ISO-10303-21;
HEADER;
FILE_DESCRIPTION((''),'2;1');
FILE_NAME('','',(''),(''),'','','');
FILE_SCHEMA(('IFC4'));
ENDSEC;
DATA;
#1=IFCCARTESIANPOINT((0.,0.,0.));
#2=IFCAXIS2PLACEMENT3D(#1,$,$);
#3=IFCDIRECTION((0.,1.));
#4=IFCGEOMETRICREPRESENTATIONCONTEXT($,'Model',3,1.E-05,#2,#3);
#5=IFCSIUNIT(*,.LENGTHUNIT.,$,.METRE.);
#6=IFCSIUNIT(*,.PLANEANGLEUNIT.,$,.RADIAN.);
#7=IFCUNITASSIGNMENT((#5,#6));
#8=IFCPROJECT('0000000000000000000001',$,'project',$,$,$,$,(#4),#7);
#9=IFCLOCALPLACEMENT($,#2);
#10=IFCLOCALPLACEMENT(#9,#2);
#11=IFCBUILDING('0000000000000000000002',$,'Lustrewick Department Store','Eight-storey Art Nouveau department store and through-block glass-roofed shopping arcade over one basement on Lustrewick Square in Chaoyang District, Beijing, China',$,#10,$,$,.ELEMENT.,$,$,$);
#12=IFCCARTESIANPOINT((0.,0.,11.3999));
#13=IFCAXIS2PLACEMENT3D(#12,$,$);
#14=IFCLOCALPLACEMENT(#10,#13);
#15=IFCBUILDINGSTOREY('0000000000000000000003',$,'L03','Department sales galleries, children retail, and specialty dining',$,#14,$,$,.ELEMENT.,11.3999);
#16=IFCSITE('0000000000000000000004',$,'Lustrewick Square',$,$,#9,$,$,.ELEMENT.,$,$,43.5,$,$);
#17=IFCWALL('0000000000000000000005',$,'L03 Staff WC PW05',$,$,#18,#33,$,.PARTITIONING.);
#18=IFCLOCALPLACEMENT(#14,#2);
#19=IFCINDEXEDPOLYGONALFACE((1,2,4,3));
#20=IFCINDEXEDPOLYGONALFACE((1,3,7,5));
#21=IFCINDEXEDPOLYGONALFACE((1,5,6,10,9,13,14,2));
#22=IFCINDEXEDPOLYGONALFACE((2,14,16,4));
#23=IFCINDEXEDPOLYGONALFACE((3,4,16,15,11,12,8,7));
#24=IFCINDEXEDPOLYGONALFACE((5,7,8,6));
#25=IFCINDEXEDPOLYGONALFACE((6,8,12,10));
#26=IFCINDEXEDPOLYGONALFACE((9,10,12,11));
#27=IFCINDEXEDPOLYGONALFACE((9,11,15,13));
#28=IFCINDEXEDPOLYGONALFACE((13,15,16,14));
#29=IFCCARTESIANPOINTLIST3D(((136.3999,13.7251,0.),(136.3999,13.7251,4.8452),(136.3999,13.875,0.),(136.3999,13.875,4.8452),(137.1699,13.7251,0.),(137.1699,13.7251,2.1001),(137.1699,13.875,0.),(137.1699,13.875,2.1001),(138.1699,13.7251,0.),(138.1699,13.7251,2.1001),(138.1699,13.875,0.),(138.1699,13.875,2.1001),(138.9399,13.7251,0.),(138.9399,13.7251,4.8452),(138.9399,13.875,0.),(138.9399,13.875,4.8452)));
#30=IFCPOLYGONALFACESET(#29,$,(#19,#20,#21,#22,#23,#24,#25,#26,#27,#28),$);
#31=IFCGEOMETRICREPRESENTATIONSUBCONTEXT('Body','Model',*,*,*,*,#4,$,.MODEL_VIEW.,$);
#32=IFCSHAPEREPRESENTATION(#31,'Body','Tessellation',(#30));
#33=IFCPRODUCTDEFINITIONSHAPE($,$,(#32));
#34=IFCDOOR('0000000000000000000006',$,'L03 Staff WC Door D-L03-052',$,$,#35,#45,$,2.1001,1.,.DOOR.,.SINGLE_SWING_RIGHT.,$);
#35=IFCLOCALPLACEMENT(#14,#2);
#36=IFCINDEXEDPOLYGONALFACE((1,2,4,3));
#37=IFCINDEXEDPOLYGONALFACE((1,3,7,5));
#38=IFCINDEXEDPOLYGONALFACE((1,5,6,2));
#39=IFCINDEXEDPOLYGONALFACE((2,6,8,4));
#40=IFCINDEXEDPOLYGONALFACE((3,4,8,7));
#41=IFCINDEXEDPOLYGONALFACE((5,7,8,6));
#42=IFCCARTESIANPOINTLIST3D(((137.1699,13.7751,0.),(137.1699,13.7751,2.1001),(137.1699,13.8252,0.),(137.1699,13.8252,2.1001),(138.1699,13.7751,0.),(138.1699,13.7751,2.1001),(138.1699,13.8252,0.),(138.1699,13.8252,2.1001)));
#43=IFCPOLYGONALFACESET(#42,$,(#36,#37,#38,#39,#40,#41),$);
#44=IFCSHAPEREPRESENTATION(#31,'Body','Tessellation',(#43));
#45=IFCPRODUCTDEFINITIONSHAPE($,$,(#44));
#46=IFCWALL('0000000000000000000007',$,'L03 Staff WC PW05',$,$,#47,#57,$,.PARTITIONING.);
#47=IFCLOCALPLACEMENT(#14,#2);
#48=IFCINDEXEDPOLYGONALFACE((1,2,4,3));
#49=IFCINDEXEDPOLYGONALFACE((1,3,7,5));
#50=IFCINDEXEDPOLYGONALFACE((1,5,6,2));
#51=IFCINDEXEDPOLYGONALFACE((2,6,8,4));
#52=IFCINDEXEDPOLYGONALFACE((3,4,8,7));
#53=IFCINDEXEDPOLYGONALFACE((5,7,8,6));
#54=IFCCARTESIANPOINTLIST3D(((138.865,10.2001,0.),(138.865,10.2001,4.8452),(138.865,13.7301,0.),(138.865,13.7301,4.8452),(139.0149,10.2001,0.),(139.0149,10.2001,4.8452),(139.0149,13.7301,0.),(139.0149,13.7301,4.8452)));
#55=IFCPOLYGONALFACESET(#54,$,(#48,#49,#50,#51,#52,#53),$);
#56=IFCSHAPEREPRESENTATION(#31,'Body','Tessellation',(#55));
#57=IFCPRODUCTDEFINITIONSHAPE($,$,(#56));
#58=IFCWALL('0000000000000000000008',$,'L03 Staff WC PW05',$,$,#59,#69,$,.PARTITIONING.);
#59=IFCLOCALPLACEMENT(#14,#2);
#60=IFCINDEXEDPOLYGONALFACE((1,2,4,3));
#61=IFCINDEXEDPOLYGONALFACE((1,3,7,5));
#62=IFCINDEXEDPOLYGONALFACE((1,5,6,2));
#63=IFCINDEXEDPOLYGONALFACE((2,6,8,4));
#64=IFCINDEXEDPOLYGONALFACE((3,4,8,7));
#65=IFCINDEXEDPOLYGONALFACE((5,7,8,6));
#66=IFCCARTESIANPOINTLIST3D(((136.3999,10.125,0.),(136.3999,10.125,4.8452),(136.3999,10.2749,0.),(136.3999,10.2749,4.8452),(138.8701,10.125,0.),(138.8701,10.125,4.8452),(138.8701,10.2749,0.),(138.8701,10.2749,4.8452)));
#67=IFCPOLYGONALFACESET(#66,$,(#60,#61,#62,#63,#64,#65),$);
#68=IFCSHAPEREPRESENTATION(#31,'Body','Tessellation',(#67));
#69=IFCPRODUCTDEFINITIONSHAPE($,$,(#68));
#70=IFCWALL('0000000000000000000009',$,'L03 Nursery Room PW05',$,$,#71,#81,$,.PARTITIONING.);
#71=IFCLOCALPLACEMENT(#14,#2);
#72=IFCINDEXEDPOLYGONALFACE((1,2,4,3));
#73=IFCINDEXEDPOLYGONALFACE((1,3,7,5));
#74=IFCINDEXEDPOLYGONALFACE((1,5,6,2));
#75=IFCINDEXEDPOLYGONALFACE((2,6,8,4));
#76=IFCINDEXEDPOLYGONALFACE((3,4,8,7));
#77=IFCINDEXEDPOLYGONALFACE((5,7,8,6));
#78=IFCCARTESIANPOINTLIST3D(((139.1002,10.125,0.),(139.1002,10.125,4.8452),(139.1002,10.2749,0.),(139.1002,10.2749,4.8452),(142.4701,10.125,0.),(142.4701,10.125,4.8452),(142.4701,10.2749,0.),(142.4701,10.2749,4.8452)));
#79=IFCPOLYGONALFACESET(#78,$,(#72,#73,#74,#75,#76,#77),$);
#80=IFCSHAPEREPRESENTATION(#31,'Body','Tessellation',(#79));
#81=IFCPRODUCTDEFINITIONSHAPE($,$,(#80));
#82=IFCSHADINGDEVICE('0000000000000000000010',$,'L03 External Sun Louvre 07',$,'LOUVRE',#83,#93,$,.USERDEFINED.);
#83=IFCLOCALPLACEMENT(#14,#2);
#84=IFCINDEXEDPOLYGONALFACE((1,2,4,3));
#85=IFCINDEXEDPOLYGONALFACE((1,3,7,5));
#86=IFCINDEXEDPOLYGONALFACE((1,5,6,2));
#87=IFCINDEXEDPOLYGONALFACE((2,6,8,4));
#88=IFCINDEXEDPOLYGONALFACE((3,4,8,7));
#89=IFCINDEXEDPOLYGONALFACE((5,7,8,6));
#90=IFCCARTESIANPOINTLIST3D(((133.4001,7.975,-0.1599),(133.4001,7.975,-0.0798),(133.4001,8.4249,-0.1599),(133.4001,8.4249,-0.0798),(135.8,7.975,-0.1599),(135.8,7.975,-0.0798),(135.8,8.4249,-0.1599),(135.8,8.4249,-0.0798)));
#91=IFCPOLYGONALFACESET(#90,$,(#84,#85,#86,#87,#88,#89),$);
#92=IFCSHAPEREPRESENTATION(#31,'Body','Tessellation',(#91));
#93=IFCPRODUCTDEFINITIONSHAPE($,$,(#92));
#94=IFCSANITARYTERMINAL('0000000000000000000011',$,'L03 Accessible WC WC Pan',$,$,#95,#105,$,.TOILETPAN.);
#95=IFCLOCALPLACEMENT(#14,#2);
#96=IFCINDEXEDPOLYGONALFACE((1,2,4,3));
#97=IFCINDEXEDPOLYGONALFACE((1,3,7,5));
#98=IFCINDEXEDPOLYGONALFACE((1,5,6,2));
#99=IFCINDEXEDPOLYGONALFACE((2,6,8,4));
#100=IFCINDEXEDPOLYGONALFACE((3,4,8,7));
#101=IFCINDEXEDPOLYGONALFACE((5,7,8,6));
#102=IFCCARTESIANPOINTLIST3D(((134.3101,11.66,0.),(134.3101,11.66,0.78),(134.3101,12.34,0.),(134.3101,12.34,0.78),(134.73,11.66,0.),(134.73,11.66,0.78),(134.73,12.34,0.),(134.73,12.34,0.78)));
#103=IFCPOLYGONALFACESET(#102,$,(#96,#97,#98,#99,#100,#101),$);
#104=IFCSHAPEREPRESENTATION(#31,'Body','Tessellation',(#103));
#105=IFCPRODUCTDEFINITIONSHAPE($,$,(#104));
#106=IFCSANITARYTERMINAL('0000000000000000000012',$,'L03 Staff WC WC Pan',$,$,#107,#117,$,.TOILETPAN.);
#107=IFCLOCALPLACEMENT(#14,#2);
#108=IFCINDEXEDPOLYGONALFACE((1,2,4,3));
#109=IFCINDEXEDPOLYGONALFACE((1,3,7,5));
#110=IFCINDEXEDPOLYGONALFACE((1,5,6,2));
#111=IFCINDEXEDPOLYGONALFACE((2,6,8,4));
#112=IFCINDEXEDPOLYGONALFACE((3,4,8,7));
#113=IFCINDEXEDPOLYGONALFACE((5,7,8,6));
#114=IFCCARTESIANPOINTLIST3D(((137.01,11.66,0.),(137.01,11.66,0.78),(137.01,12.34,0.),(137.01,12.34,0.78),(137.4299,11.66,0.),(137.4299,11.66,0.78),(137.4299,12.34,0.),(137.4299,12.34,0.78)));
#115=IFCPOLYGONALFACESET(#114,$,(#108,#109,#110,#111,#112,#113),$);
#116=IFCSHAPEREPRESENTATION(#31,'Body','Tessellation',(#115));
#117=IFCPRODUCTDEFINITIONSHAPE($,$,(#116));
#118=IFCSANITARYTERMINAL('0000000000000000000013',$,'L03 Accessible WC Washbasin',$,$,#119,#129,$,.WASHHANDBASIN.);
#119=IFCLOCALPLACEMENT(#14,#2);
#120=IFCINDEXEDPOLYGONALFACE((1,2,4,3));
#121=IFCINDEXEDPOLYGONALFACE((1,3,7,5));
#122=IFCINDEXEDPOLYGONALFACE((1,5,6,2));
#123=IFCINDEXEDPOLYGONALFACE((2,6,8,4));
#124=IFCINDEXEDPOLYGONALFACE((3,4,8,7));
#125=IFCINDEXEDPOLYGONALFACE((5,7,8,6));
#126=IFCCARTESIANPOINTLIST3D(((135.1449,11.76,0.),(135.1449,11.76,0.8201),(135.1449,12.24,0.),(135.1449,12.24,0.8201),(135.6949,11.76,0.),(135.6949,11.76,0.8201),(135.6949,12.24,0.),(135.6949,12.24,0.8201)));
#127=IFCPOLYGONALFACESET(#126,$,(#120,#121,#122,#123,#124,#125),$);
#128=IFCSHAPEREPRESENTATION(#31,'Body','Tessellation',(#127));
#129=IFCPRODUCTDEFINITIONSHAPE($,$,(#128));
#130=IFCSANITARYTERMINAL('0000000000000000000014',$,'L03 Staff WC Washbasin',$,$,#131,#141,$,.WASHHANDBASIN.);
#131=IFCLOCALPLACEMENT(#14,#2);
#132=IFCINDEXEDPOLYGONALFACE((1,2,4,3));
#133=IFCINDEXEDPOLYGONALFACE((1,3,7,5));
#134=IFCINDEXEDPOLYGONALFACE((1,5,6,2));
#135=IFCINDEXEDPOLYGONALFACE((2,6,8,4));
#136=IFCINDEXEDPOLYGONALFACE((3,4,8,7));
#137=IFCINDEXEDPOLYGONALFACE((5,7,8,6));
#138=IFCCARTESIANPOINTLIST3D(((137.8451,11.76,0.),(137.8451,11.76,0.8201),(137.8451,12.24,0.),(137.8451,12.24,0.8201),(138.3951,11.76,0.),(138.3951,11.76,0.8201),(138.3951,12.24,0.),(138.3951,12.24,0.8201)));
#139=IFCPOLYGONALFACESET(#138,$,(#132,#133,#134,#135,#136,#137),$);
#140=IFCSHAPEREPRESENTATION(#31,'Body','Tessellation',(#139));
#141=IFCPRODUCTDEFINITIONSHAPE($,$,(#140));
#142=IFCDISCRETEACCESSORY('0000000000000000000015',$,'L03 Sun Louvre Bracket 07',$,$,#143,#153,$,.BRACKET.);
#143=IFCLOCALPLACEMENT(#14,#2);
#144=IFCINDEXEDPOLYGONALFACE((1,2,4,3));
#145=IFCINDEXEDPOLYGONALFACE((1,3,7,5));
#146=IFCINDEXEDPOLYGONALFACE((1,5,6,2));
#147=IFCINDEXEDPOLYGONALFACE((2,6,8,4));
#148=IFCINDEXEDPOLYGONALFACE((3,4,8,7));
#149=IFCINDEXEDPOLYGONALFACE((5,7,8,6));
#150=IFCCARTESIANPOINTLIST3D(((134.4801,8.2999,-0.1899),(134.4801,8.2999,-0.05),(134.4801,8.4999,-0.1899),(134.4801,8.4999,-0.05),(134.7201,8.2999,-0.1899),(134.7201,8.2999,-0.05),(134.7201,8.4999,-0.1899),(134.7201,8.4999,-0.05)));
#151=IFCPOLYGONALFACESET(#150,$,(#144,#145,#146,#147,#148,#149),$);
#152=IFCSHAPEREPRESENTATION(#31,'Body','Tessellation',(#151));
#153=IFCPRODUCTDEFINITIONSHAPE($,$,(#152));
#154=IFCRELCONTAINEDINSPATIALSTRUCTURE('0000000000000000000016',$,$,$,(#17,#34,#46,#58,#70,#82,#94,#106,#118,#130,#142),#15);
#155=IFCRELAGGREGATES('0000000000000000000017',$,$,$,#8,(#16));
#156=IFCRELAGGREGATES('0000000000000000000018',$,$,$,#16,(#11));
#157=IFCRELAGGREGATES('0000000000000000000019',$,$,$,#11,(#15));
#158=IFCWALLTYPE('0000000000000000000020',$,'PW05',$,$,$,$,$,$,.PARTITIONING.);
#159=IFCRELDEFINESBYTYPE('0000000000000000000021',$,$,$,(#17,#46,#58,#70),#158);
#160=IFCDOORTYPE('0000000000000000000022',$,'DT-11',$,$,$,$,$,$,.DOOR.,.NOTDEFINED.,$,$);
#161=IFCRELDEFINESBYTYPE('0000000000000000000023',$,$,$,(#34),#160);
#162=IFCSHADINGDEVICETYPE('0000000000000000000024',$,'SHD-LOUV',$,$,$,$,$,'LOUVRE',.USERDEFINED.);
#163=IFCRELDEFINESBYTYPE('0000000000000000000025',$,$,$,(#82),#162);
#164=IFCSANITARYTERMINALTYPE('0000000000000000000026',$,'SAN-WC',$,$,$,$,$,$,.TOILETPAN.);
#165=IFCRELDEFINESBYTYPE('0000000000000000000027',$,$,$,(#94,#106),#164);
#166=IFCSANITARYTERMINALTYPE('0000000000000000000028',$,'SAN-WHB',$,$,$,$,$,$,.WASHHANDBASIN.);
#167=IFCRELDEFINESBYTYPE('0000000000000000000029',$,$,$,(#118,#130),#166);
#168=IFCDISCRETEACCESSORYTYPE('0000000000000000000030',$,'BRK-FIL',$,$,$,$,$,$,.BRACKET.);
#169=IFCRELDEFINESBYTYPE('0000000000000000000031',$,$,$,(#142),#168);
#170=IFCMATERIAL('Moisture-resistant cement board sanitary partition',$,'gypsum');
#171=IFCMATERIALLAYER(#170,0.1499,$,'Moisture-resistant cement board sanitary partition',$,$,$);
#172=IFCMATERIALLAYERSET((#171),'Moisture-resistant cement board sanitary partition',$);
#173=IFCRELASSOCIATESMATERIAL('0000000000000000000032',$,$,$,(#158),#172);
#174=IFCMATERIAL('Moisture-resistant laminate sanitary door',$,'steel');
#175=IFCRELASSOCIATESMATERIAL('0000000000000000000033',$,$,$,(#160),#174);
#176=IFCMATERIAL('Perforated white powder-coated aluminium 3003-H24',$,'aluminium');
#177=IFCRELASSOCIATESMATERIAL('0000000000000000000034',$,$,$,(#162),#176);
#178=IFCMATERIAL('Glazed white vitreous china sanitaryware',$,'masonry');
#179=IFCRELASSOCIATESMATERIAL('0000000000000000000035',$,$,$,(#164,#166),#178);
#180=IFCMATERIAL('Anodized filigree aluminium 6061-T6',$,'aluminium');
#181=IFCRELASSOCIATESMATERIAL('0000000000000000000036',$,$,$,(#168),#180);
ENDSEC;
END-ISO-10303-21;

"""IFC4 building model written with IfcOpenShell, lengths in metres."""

from ifc_helpers import new_model, si_unit, direction, frame, frame_2d, origin, origin_2d, place, context, subcontext, project, spatial, rectangle, extrude, material, layer, layer_set, type_object, element, fill, save


model = new_model("IFC4")

# Units and contexts
model_context = context("Model", 3, precision=1e-05, world=origin(), true_north=direction((0.0, 1.0)))
body_context = subcontext(model_context, "Body", "Model", "MODEL_VIEW")
ifc_project = project(units=[si_unit("LENGTHUNIT", "METRE"), si_unit("PLANEANGLEUNIT", "RADIAN")], contexts=[model_context])

# Site, building, storey
site_placement = place(None, origin())
site = spatial("IfcSite", under=ifc_project, at=site_placement, Name="Lustrewick Square", CompositionType="ELEMENT", RefElevation=43.5)
building_placement = place(site_placement, origin())
building = spatial("IfcBuilding", under=site, at=building_placement, Name="Lustrewick Department Store", Description="Eight-storey Art Nouveau department store and through-block glass-roofed shopping arcade over one basement on Lustrewick Square in Chaoyang District, Beijing, China", CompositionType="ELEMENT")
storey_placement = place(building_placement, frame((0.0, 0.0, 11.3999)))
storey = spatial("IfcBuildingStorey", under=building, at=storey_placement, Name="L03", Description="Department sales galleries, children retail, and specialty dining", CompositionType="ELEMENT", Elevation=11.3999)

# Shared definitions
ifc_material_1 = material(Name="Moisture-resistant cement board sanitary partition", Category="gypsum")
ifc_layer_1 = layer(ifc_material_1, 0.1499, Name="Moisture-resistant cement board sanitary partition")
ifc_layer_set_1 = layer_set([ifc_layer_1], Name="Moisture-resistant cement board sanitary partition")
wall_type_1 = type_object("IfcWallType", Name="PW05", PredefinedType="PARTITIONING", material=ifc_layer_set_1)

# Wall, opening, door
wall_1_placement = place(storey_placement, frame((138.9399, 13.8, 0.0), z_axis=(0.0, 0.0, 1.0), x_axis=(-1.0, 0.0, 0.0)))
wall_1 = element("IfcWall", 1, at=wall_1_placement, inside=storey, type_object=wall_type_1, Name="L03 Staff WC PW05", PredefinedType="PARTITIONING", context=body_context, shape_type="SweptSolid", body=[
    extrude(rectangle(XDim=2.54, YDim=0.1499, at=frame_2d((1.27, 0.0))), origin(), (0.0, 0.0, 1.0), 4.8452),
])
opening_1_placement = place(wall_1_placement, frame((0.77, 0.0, 0.0)))
opening_1 = element("IfcOpeningElement", 2, at=opening_1_placement, cuts=wall_1, PredefinedType="OPENING", context=body_context, shape_type="SweptSolid", body=[
    extrude(rectangle(XDim=1.0, YDim=2.1001, at=frame_2d((0.5, 1.05))), frame((0.0, 0.085, 0.0), z_axis=(0.0, -1.0, 0.0), x_axis=(1.0, 0.0, 0.0)), (0.0, 0.0, 1.0), 0.1699),
])
ifc_material_2 = material(Name="Moisture-resistant laminate sanitary door", Category="steel")
door_type_1 = type_object("IfcDoorType", Name="DT-11", OperationType="NOTDEFINED", PredefinedType="DOOR", material=ifc_material_2)
door_1_placement = place(opening_1_placement, origin())
door_1 = element("IfcDoor", 3, at=door_1_placement, inside=storey, type_object=door_type_1, Name="L03 Staff WC Door D-L03-052", OperationType="SINGLE_SWING_RIGHT", OverallHeight=2.1001, OverallWidth=1.0, PredefinedType="DOOR", context=body_context, shape_type="SweptSolid", body=[
    extrude(rectangle(XDim=1.0, YDim=2.1001, at=frame_2d((0.5, 1.05))), frame((0.0, 0.0249, 0.0), z_axis=(0.0, -1.0, 0.0), x_axis=(1.0, 0.0, 0.0)), (0.0, 0.0, 1.0), 0.05),
])
fill(opening_1, door_1)

# Walls
wall_2_placement = place(storey_placement, frame((138.9399, 10.2, 0.0), z_axis=(0.0, 0.0, 1.0), x_axis=(0.0, 1.0, 0.0)))
element("IfcWall", 4, at=wall_2_placement, inside=storey, type_object=wall_type_1, Name="L03 Staff WC PW05", PredefinedType="PARTITIONING", context=body_context, shape_type="SweptSolid", body=[
    extrude(rectangle(XDim=3.53, YDim=0.1499, at=frame_2d((1.7651, 0.0))), origin(), (0.0, 0.0, 1.0), 4.8452),
])
wall_3_placement = place(storey_placement, frame((136.3999, 10.2, 0.0), z_axis=(0.0, 0.0, 1.0), x_axis=(1.0, 0.0, 0.0)))
element("IfcWall", 5, at=wall_3_placement, inside=storey, type_object=wall_type_1, Name="L03 Staff WC PW05", PredefinedType="PARTITIONING", context=body_context, shape_type="SweptSolid", body=[
    extrude(rectangle(XDim=2.4702, YDim=0.1499, at=frame_2d((1.2351, 0.0))), origin(), (0.0, 0.0, 1.0), 4.8452),
])
wall_4_placement = place(storey_placement, frame((139.1001, 10.2, 0.0), z_axis=(0.0, 0.0, 1.0), x_axis=(1.0, 0.0, 0.0)))
element("IfcWall", 6, at=wall_4_placement, inside=storey, type_object=wall_type_1, Name="L03 Nursery Room PW05", PredefinedType="PARTITIONING", context=body_context, shape_type="SweptSolid", body=[
    extrude(rectangle(XDim=3.3699, YDim=0.1499, at=frame_2d((1.6851, 0.0))), origin(), (0.0, 0.0, 1.0), 4.8452),
])

# Shading device
ifc_material_3 = material(Name="Perforated white powder-coated aluminium 3003-H24", Category="aluminium")
shading_device_type = type_object("IfcShadingDeviceType", Name="SHD-LOUV", ElementType="LOUVRE", PredefinedType="USERDEFINED", material=ifc_material_3)
shading_device_placement = place(storey_placement, frame((134.6001, 8.2, -0.1599), z_axis=(0.0, 0.0, 1.0), x_axis=(1.0, 0.0, 0.0)))
element("IfcShadingDevice", 7, at=shading_device_placement, inside=storey, type_object=shading_device_type, Name="L03 External Sun Louvre 07", ObjectType="LOUVRE", PredefinedType="USERDEFINED", context=body_context, shape_type="SweptSolid", body=[
    extrude(rectangle(XDim=2.3999, YDim=0.45, at=origin_2d()), origin(), (0.0, 0.0, 1.0), 0.0801),
])

# Sanitary terminals
ifc_material_4 = material(Name="Glazed white vitreous china sanitaryware", Category="masonry")
sanitary_terminal_type_1 = type_object("IfcSanitaryTerminalType", Name="SAN-WC", PredefinedType="TOILETPAN", material=ifc_material_4)
for number, where, z_axis, x_axis, name in (
    (8, (134.52, 12.0, 0.0), (0.0, 0.0, 1.0), (1.0, 0.0, 0.0), "L03 Accessible WC WC Pan"),
    (9, (137.22, 12.0, 0.0), (0.0, 0.0, 1.0), (1.0, 0.0, 0.0), "L03 Staff WC WC Pan"),
):
    element("IfcSanitaryTerminal", number, at=place(storey_placement, frame(where, z_axis=z_axis, x_axis=x_axis)), inside=storey, type_object=sanitary_terminal_type_1, Name=name, PredefinedType="TOILETPAN", context=body_context, shape_type="SweptSolid", body=[
        extrude(rectangle(XDim=0.4199, YDim=0.6799, at=origin_2d()), origin(), (0.0, 0.0, 1.0), 0.78),
    ])
sanitary_terminal_type_2 = type_object("IfcSanitaryTerminalType", Name="SAN-WHB", PredefinedType="WASHHANDBASIN", material=ifc_material_4)
for number, where, z_axis, x_axis, name in (
    (10, (135.4199, 12.0, 0.0), (0.0, 0.0, 1.0), (1.0, 0.0, 0.0), "L03 Accessible WC Washbasin"),
    (11, (138.1201, 12.0, 0.0), (0.0, 0.0, 1.0), (1.0, 0.0, 0.0), "L03 Staff WC Washbasin"),
):
    element("IfcSanitaryTerminal", number, at=place(storey_placement, frame(where, z_axis=z_axis, x_axis=x_axis)), inside=storey, type_object=sanitary_terminal_type_2, Name=name, PredefinedType="WASHHANDBASIN", context=body_context, shape_type="SweptSolid", body=[
        extrude(rectangle(XDim=0.55, YDim=0.48, at=origin_2d()), origin(), (0.0, 0.0, 1.0), 0.8201),
    ])

# Discrete accessory
ifc_material_5 = material(Name="Anodized filigree aluminium 6061-T6", Category="aluminium")
discrete_accessory_type = type_object("IfcDiscreteAccessoryType", Name="BRK-FIL", PredefinedType="BRACKET", material=ifc_material_5)
discrete_accessory_placement = place(storey_placement, frame((134.6001, 8.3999, -0.1899), z_axis=(0.0, 0.0, 1.0), x_axis=(1.0, 0.0, 0.0)))
element("IfcDiscreteAccessory", 12, at=discrete_accessory_placement, inside=storey, type_object=discrete_accessory_type, Name="L03 Sun Louvre Bracket 07", PredefinedType="BRACKET", context=body_context, shape_type="SweptSolid", body=[
    extrude(rectangle(XDim=0.24, YDim=0.2, at=origin_2d()), origin(), (0.0, 0.0, 1.0), 0.1399),
])

save(model, "model.ifc")
